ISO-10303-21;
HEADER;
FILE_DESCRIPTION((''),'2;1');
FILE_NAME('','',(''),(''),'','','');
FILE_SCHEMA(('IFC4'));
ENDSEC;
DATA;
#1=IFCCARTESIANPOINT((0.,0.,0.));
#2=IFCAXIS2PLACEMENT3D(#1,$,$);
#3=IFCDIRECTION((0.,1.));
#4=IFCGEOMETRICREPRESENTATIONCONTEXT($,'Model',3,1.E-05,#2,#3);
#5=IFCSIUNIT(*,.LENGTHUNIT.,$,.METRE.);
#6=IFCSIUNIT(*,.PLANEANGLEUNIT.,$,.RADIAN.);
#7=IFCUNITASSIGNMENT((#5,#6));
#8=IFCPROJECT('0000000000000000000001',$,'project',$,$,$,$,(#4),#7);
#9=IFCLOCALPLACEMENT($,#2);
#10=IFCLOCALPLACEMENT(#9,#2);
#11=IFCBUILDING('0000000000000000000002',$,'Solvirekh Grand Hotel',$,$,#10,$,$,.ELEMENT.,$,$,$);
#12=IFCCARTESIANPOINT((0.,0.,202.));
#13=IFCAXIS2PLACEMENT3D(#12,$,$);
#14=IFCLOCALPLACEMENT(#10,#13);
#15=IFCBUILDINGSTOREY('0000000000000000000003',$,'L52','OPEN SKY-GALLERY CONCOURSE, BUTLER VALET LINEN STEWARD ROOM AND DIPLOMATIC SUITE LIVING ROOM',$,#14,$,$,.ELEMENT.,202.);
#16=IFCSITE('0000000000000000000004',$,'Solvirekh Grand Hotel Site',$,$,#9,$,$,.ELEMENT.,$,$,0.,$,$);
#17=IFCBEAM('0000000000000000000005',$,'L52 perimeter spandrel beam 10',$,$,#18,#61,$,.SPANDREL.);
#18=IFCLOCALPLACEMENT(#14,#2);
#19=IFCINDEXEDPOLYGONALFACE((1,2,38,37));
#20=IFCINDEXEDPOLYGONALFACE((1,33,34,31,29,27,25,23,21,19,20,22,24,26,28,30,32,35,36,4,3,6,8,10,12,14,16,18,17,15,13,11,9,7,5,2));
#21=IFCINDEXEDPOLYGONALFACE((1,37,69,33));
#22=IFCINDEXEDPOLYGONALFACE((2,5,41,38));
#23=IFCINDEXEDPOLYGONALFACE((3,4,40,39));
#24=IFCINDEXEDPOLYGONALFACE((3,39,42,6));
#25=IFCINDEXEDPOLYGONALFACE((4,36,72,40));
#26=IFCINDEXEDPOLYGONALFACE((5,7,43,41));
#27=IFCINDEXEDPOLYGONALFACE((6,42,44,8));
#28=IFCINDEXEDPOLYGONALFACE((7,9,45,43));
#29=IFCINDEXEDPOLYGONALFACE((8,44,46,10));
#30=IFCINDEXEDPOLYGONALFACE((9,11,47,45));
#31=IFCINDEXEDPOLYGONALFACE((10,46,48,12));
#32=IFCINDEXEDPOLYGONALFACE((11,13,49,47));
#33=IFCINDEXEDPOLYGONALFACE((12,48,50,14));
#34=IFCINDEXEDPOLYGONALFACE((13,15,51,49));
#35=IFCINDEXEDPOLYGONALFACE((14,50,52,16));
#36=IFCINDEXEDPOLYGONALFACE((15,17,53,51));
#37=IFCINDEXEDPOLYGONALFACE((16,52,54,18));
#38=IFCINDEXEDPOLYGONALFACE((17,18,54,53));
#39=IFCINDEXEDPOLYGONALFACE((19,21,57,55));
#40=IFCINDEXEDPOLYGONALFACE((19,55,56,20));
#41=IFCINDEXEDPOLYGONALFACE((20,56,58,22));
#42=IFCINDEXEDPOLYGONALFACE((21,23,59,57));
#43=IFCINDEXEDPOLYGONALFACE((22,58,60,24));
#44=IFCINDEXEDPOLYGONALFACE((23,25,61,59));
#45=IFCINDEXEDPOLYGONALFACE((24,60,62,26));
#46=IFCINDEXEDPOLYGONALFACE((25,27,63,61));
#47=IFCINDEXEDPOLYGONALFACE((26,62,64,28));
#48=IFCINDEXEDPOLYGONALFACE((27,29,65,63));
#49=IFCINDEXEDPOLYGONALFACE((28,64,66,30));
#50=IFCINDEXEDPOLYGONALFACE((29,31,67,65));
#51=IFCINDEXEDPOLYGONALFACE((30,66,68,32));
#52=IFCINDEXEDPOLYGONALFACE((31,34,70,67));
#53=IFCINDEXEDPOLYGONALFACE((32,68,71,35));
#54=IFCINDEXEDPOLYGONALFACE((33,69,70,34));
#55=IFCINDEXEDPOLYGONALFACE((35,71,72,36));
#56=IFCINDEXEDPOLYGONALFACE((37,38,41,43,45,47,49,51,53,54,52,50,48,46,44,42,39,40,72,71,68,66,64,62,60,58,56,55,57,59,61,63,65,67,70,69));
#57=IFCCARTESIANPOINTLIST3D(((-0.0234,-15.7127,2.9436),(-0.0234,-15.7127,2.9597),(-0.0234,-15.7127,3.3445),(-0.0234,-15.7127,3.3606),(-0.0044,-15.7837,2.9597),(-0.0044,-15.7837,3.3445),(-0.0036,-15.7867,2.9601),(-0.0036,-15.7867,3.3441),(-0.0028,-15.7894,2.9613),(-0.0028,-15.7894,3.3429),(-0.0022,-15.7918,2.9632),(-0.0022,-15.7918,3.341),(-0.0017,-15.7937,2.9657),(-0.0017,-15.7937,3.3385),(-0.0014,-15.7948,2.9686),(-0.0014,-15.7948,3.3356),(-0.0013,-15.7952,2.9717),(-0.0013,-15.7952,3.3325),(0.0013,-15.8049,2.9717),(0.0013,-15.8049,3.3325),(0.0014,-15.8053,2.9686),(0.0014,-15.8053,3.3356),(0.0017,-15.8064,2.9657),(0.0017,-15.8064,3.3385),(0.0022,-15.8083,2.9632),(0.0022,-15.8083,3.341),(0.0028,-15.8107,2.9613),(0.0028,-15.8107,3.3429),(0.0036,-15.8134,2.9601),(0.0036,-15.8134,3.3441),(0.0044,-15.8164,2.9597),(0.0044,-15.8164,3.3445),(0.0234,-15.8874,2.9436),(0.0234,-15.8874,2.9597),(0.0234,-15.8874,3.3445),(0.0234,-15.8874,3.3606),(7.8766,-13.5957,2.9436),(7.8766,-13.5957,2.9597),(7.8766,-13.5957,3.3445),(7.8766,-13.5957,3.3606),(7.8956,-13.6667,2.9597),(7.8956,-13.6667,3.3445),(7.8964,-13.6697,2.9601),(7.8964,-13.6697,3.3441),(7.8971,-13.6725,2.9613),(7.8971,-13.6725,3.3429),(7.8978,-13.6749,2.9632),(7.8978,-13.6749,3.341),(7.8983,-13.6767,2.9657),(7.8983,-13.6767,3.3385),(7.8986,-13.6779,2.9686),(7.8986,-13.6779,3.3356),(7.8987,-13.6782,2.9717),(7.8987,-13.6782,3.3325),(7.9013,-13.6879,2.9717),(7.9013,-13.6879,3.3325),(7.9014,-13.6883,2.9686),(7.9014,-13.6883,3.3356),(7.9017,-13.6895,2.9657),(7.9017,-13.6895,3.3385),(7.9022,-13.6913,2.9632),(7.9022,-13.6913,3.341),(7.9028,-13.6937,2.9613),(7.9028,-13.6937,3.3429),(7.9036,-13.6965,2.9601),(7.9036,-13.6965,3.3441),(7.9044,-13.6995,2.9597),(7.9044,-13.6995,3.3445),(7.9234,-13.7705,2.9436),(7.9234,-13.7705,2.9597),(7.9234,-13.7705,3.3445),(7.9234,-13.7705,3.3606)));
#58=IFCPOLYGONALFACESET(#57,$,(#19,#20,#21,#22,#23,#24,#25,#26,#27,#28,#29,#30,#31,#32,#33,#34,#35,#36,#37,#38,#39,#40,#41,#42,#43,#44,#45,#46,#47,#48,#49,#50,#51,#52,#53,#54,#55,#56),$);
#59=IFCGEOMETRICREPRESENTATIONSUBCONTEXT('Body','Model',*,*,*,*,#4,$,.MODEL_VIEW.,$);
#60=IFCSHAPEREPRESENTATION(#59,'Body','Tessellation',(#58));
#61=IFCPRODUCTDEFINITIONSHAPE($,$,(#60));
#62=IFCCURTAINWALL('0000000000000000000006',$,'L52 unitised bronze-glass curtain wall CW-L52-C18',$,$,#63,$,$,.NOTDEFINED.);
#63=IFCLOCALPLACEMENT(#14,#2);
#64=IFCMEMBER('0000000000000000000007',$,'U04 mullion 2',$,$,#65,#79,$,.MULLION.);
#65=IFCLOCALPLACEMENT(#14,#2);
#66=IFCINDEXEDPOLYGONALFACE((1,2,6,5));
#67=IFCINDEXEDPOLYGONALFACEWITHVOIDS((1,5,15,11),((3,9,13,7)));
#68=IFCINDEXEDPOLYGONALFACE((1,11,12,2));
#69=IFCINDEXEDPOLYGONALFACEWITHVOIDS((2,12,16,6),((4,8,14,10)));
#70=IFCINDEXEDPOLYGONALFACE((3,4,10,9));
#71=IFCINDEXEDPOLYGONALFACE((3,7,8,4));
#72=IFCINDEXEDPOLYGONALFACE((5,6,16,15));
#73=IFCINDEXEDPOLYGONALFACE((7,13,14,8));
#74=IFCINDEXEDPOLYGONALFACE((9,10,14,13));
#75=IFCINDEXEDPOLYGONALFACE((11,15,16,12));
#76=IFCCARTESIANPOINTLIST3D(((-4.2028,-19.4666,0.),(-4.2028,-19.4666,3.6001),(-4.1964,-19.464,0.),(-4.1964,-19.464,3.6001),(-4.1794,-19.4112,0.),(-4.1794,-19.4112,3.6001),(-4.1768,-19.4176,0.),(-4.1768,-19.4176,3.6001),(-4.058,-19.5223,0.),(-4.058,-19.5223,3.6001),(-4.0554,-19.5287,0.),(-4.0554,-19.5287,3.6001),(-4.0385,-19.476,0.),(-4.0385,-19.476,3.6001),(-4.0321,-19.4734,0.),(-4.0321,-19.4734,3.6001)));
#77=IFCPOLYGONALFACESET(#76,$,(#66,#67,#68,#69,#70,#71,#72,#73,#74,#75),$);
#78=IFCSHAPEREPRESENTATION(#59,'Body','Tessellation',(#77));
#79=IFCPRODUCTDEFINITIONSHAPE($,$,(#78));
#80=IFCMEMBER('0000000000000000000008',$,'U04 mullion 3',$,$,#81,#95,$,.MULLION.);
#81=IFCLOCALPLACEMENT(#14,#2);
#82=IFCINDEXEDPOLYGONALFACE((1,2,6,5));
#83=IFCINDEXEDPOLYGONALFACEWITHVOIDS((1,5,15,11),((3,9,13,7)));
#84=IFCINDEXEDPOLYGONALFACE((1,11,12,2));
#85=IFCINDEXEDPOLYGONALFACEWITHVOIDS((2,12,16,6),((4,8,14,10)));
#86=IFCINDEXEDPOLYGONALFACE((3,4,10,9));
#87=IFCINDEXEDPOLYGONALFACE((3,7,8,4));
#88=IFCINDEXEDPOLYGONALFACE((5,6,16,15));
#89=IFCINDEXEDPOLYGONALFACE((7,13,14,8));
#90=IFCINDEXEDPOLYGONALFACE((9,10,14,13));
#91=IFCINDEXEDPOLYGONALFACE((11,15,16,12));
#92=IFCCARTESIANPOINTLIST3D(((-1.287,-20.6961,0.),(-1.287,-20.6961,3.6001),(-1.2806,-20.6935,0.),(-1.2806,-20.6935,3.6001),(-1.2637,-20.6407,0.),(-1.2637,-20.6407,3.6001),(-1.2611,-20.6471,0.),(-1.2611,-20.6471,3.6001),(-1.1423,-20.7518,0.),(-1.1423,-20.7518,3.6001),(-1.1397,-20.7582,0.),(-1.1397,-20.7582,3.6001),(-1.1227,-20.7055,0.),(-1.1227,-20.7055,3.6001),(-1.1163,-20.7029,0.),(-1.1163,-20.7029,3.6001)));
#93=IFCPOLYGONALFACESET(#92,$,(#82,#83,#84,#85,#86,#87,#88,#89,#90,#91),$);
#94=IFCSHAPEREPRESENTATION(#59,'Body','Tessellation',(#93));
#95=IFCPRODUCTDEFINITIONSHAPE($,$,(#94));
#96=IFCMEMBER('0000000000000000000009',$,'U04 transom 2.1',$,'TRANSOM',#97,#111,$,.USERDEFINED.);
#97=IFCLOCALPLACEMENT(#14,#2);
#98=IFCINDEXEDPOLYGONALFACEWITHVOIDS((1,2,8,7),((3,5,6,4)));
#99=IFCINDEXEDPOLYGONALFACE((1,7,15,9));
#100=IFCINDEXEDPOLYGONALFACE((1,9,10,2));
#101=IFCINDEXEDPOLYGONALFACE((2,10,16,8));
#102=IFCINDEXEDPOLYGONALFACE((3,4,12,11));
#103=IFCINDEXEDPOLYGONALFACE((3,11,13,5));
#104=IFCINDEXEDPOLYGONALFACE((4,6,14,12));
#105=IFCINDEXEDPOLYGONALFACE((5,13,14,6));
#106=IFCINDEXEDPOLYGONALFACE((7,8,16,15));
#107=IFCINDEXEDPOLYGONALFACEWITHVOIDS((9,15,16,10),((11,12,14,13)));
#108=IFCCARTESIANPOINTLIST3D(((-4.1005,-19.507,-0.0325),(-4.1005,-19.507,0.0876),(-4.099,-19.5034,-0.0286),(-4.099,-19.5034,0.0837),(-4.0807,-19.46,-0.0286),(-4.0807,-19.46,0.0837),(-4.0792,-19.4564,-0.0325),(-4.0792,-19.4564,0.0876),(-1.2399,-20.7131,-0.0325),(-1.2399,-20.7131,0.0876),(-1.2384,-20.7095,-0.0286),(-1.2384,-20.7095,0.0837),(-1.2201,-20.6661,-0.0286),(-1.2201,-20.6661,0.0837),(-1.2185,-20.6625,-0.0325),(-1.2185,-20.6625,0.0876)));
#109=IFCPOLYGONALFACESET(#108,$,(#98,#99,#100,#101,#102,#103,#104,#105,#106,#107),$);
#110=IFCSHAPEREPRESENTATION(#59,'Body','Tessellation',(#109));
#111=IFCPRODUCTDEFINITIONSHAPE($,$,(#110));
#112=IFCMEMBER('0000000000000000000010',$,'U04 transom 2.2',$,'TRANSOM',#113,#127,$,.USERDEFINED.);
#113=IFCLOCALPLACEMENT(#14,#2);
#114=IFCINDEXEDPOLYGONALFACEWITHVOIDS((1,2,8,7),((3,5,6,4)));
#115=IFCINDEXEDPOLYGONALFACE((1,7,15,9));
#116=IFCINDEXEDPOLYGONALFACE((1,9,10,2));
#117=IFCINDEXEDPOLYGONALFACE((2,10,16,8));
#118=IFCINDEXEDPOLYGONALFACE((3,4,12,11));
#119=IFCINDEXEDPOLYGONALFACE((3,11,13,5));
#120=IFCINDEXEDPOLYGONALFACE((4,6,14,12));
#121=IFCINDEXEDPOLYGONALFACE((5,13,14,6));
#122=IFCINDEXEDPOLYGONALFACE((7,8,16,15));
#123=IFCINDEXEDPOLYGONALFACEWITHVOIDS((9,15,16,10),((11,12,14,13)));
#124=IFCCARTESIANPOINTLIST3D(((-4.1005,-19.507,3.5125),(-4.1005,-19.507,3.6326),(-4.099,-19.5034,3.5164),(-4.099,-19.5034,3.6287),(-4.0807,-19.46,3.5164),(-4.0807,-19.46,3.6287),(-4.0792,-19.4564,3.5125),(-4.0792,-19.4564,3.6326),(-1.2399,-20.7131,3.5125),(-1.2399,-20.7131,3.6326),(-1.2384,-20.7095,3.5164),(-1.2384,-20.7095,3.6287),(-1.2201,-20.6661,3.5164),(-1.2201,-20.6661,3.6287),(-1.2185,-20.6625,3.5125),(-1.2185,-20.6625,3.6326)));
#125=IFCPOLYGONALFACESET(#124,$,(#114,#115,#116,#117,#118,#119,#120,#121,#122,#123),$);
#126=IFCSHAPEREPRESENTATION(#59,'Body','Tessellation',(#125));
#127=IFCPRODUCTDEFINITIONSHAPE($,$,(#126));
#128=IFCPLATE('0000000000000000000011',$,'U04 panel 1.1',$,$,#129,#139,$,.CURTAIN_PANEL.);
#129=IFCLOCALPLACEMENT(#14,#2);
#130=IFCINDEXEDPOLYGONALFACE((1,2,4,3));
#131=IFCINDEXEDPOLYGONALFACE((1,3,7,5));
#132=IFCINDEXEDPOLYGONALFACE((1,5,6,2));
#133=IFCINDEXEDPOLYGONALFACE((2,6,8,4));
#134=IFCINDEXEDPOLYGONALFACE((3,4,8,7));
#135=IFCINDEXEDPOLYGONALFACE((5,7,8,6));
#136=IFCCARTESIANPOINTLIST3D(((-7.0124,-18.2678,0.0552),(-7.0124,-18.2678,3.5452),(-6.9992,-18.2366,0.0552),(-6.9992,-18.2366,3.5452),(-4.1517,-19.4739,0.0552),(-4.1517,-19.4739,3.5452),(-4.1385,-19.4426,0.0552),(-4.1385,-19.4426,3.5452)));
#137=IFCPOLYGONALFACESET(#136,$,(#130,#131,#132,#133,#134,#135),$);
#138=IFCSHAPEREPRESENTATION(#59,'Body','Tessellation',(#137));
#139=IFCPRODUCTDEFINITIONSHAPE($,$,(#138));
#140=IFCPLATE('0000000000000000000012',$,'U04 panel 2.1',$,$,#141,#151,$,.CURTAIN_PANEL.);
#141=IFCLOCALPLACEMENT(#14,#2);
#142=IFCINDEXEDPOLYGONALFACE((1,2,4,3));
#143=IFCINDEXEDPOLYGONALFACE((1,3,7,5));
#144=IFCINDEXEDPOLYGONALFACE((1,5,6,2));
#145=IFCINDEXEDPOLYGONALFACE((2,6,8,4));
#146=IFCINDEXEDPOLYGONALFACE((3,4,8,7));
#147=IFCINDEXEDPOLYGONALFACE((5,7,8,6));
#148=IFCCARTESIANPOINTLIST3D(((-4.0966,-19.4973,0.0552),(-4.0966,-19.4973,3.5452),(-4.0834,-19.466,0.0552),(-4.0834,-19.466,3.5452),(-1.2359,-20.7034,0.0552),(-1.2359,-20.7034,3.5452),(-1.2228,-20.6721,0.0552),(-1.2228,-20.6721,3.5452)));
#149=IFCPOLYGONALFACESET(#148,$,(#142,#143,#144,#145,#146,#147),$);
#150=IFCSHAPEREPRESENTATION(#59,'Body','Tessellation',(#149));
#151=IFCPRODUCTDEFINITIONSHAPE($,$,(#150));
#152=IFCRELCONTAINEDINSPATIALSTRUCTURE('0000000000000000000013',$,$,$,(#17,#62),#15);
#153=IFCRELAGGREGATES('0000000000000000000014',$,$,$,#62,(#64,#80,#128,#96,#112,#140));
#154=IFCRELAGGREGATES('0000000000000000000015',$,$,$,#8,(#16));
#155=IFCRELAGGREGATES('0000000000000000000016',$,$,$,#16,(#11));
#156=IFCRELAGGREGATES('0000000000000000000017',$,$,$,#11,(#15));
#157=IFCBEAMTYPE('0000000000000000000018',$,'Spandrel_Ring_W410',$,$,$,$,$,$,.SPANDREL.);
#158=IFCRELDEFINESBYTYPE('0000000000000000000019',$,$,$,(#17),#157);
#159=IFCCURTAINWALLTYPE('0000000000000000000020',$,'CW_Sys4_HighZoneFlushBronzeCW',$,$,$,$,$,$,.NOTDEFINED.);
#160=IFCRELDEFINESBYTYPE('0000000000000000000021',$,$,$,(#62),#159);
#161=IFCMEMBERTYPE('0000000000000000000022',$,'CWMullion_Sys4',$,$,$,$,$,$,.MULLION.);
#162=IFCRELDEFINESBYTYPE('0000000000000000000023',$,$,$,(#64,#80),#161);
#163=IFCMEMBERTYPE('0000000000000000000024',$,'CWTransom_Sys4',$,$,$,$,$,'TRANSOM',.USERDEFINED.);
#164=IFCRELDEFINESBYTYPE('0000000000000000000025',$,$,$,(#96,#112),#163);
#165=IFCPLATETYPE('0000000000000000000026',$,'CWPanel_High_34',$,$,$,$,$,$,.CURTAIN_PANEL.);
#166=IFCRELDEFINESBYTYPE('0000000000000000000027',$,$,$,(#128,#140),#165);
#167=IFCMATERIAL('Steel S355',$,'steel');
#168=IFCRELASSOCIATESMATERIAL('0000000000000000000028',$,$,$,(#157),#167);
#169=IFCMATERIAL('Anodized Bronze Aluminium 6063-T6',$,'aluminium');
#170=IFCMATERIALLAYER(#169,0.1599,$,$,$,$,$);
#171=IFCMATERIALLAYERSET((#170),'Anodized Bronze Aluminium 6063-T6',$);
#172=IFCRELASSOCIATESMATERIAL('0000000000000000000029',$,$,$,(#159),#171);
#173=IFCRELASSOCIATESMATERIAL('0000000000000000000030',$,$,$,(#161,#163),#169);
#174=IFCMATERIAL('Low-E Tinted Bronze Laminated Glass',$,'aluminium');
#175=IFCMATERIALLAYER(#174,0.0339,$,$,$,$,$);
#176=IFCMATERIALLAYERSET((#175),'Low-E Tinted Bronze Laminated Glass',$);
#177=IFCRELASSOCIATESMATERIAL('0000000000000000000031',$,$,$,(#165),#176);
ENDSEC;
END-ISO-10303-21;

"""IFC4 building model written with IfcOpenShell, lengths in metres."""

from ifc_helpers import new_model, si_unit, direction, frame, origin, origin_2d, place, context, subcontext, project, spatial, rectangle, hollow_rectangle, i_section, extrude, source, transform, mapped, material, layer, layer_set, material_profile, profile_set, type_object, element, aggregate, save


model = new_model("IFC4")

# Units and contexts
model_context = context("Model", 3, precision=1e-05, world=origin(), true_north=direction((0.0, 1.0)))
body_context = subcontext(model_context, "Body", "Model", "MODEL_VIEW")
ifc_project = project(units=[si_unit("LENGTHUNIT", "METRE"), si_unit("PLANEANGLEUNIT", "RADIAN")], contexts=[model_context])

# Site, building, storey
site_placement = place(None, origin())
site = spatial("IfcSite", under=ifc_project, at=site_placement, Name="Solvirekh Grand Hotel Site", CompositionType="ELEMENT", RefElevation=0.0)
building_placement = place(site_placement, origin())
building = spatial("IfcBuilding", under=site, at=building_placement, Name="Solvirekh Grand Hotel", CompositionType="ELEMENT")
storey_placement = place(building_placement, frame((0.0, 0.0, 202.0)))
storey = spatial("IfcBuildingStorey", under=building, at=storey_placement, Name="L52", Description="OPEN SKY-GALLERY CONCOURSE, BUTLER VALET LINEN STEWARD ROOM AND DIPLOMATIC SUITE LIVING ROOM", CompositionType="ELEMENT", Elevation=202.0)

# Beam
ifc_material_1 = material(Name="Steel S355", Category="steel")
ifc_material_profile_1 = material_profile(ifc_material_1, i_section(OverallWidth=0.1809, OverallDepth=0.417, WebThickness=0.01, FlangeThickness=0.0161, FilletRadius=0.012, at=origin_2d()), Name="W410X85")
ifc_profile_set_1 = profile_set([ifc_material_profile_1], Name="Steel S355")
beam_type_1 = type_object("IfcBeamType", Name="Spandrel_Ring_W410", PredefinedType="SPANDREL", material=ifc_profile_set_1)
beam_1_placement = place(storey_placement, frame((0.0, -15.8, 3.1521), z_axis=(0.965921, 0.258839, 0.0), x_axis=(-0.258839, 0.965921, 0.0)))
element("IfcBeam", 1, at=beam_1_placement, inside=storey, type_object=beam_type_1, Name="L52 perimeter spandrel beam 10", PredefinedType="SPANDREL", context=body_context, shape_type="SweptSolid", body=[
    extrude(i_section(OverallWidth=0.1809, OverallDepth=0.417, WebThickness=0.01, FlangeThickness=0.0161, FilletRadius=0.012, at=origin_2d()), origin(), (0.0, 0.0, 1.0), 8.1787),
])

# Curtain wall, members, plates
ifc_material_2 = material(Name="Anodized Bronze Aluminium 6063-T6", Category="aluminium")
ifc_layer_1 = layer(ifc_material_2, 0.1599)
ifc_layer_set_1 = layer_set([ifc_layer_1], Name="Anodized Bronze Aluminium 6063-T6")
curtain_wall_type = type_object("IfcCurtainWallType", Name="CW_Sys4_HighZoneFlushBronzeCW", PredefinedType="NOTDEFINED", material=ifc_layer_set_1)
curtain_wall_placement = place(storey_placement, origin())
curtain_wall = element("IfcCurtainWall", 2, at=curtain_wall_placement, inside=storey, type_object=curtain_wall_type, Name="L52 unitised bronze-glass curtain wall CW-L52-C18", PredefinedType="NOTDEFINED")
ifc_material_profile_2 = material_profile(ifc_material_2, hollow_rectangle(XDim=0.0601, YDim=0.1599, WallThickness=0.0049, at=origin_2d()), Name="ALU RHS 160X60X5")
ifc_profile_set_2 = profile_set([ifc_material_profile_2], Name="Anodized Bronze Aluminium 6063-T6")
member_type_1 = type_object("IfcMemberType", Name="CWMullion_Sys4", PredefinedType="MULLION", material=ifc_profile_set_2)
shared_shape_1 = source(origin(), body_context, "Body", "SweptSolid", [
    extrude(hollow_rectangle(XDim=0.0601, YDim=0.1599, WallThickness=0.0049, at=origin_2d()), origin(), (0.0, 0.0, 1.0), 3.6001),
])
member_1_placement = place(storey_placement, frame((-4.1174, -19.47, 0.0), z_axis=(0.0, 0.0, 1.0), x_axis=(0.388491, 0.921453, 0.0)))
member_1 = element("IfcMember", 3, at=member_1_placement, type_object=member_type_1, Name="U04 mullion 2", PredefinedType="MULLION", context=body_context, shape_type="MappedRepresentation", body=[
    mapped(shared_shape_1, transform((0.0, 0.0, 0.0), x_axis=(1.0, 0.0, 0.0), y_axis=(0.0, 1.0, 0.0), z_axis=(0.0, 0.0, 1.0), scale=1.0)),
])
member_2_placement = place(storey_placement, frame((-1.2017, -20.6995, 0.0), z_axis=(0.0, 0.0, 1.0), x_axis=(0.388491, 0.921453, 0.0)))
member_2 = element("IfcMember", 4, at=member_2_placement, type_object=member_type_1, Name="U04 mullion 3", PredefinedType="MULLION", context=body_context, shape_type="MappedRepresentation", body=[
    mapped(shared_shape_1, transform((0.0, 0.0, 0.0), x_axis=(1.0, 0.0, 0.0), y_axis=(0.0, 1.0, 0.0), z_axis=(0.0, 0.0, 1.0), scale=1.0)),
])
ifc_material_profile_3 = material_profile(ifc_material_2, hollow_rectangle(XDim=0.0549, YDim=0.1201, WallThickness=0.0039, at=origin_2d()), Name="ALU RHS 120X55X4")
ifc_profile_set_3 = profile_set([ifc_material_profile_3], Name="Anodized Bronze Aluminium 6063-T6")
member_type_2 = type_object("IfcMemberType", Name="CWTransom_Sys4", ElementType="TRANSOM", PredefinedType="USERDEFINED", material=ifc_profile_set_3)
shared_shape_2 = source(origin(), body_context, "Body", "SweptSolid", [
    extrude(hollow_rectangle(XDim=0.0549, YDim=0.1201, WallThickness=0.0039, at=origin_2d()), origin(), (0.0, 0.0, 1.0), 3.1045),
])
member_3_placement = place(storey_placement, frame((-4.0898, -19.4817, 0.0276), z_axis=(0.921452, -0.388493, 0.0), x_axis=(0.388493, 0.921452, 0.0)))
member_3 = element("IfcMember", 5, at=member_3_placement, type_object=member_type_2, Name="U04 transom 2.1", ObjectType="TRANSOM", PredefinedType="USERDEFINED", context=body_context, shape_type="MappedRepresentation", body=[
    mapped(shared_shape_2, transform((0.0, 0.0, 0.0), x_axis=(1.0, 0.0, 0.0), y_axis=(0.0, 1.0, 0.0), z_axis=(0.0, 0.0, 1.0), scale=1.0)),
])
member_4_placement = place(storey_placement, frame((-4.0898, -19.4817, 3.5725), z_axis=(0.921452, -0.388493, 0.0), x_axis=(0.388493, 0.921452, 0.0)))
member_4 = element("IfcMember", 6, at=member_4_placement, type_object=member_type_2, Name="U04 transom 2.2", ObjectType="TRANSOM", PredefinedType="USERDEFINED", context=body_context, shape_type="MappedRepresentation", body=[
    mapped(shared_shape_2, transform((0.0, 0.0, 0.0), x_axis=(1.0, 0.0, 0.0), y_axis=(0.0, 1.0, 0.0), z_axis=(0.0, 0.0, 1.0), scale=1.0)),
])
ifc_material_3 = material(Name="Low-E Tinted Bronze Laminated Glass", Category="aluminium")
ifc_layer_2 = layer(ifc_material_3, 0.0339)
ifc_layer_set_2 = layer_set([ifc_layer_2], Name="Low-E Tinted Bronze Laminated Glass")
plate_type = type_object("IfcPlateType", Name="CWPanel_High_34", PredefinedType="CURTAIN_PANEL", material=ifc_layer_set_2)
shared_shape_3 = source(origin(), body_context, "Body", "SweptSolid", [
    extrude(rectangle(XDim=3.1045, YDim=0.0339, at=origin_2d()), origin(), (0.0, 0.0, 1.0), 3.49),
])
plate_1_placement = place(storey_placement, frame((-5.5754, -18.8552, 0.0552), z_axis=(0.0, 0.0, 1.0), x_axis=(0.921453, -0.388491, 0.0)))
plate_1 = element("IfcPlate", 7, at=plate_1_placement, type_object=plate_type, Name="U04 panel 1.1", PredefinedType="CURTAIN_PANEL", context=body_context, shape_type="MappedRepresentation", body=[
    mapped(shared_shape_3, transform((0.0, 0.0, 0.0), x_axis=(1.0, 0.0, 0.0), y_axis=(0.0, 1.0, 0.0), z_axis=(0.0, 0.0, 1.0), scale=1.0)),
])
plate_2_placement = place(storey_placement, frame((-2.6597, -20.0847, 0.0552), z_axis=(0.0, 0.0, 1.0), x_axis=(0.921453, -0.388491, 0.0)))
plate_2 = element("IfcPlate", 8, at=plate_2_placement, type_object=plate_type, Name="U04 panel 2.1", PredefinedType="CURTAIN_PANEL", context=body_context, shape_type="MappedRepresentation", body=[
    mapped(shared_shape_3, transform((0.0, 0.0, 0.0), x_axis=(1.0, 0.0, 0.0), y_axis=(0.0, 1.0, 0.0), z_axis=(0.0, 0.0, 1.0), scale=1.0)),
])
aggregate(curtain_wall, [member_1, member_2, plate_1, member_3, member_4, plate_2])

save(model, "model.ifc")
